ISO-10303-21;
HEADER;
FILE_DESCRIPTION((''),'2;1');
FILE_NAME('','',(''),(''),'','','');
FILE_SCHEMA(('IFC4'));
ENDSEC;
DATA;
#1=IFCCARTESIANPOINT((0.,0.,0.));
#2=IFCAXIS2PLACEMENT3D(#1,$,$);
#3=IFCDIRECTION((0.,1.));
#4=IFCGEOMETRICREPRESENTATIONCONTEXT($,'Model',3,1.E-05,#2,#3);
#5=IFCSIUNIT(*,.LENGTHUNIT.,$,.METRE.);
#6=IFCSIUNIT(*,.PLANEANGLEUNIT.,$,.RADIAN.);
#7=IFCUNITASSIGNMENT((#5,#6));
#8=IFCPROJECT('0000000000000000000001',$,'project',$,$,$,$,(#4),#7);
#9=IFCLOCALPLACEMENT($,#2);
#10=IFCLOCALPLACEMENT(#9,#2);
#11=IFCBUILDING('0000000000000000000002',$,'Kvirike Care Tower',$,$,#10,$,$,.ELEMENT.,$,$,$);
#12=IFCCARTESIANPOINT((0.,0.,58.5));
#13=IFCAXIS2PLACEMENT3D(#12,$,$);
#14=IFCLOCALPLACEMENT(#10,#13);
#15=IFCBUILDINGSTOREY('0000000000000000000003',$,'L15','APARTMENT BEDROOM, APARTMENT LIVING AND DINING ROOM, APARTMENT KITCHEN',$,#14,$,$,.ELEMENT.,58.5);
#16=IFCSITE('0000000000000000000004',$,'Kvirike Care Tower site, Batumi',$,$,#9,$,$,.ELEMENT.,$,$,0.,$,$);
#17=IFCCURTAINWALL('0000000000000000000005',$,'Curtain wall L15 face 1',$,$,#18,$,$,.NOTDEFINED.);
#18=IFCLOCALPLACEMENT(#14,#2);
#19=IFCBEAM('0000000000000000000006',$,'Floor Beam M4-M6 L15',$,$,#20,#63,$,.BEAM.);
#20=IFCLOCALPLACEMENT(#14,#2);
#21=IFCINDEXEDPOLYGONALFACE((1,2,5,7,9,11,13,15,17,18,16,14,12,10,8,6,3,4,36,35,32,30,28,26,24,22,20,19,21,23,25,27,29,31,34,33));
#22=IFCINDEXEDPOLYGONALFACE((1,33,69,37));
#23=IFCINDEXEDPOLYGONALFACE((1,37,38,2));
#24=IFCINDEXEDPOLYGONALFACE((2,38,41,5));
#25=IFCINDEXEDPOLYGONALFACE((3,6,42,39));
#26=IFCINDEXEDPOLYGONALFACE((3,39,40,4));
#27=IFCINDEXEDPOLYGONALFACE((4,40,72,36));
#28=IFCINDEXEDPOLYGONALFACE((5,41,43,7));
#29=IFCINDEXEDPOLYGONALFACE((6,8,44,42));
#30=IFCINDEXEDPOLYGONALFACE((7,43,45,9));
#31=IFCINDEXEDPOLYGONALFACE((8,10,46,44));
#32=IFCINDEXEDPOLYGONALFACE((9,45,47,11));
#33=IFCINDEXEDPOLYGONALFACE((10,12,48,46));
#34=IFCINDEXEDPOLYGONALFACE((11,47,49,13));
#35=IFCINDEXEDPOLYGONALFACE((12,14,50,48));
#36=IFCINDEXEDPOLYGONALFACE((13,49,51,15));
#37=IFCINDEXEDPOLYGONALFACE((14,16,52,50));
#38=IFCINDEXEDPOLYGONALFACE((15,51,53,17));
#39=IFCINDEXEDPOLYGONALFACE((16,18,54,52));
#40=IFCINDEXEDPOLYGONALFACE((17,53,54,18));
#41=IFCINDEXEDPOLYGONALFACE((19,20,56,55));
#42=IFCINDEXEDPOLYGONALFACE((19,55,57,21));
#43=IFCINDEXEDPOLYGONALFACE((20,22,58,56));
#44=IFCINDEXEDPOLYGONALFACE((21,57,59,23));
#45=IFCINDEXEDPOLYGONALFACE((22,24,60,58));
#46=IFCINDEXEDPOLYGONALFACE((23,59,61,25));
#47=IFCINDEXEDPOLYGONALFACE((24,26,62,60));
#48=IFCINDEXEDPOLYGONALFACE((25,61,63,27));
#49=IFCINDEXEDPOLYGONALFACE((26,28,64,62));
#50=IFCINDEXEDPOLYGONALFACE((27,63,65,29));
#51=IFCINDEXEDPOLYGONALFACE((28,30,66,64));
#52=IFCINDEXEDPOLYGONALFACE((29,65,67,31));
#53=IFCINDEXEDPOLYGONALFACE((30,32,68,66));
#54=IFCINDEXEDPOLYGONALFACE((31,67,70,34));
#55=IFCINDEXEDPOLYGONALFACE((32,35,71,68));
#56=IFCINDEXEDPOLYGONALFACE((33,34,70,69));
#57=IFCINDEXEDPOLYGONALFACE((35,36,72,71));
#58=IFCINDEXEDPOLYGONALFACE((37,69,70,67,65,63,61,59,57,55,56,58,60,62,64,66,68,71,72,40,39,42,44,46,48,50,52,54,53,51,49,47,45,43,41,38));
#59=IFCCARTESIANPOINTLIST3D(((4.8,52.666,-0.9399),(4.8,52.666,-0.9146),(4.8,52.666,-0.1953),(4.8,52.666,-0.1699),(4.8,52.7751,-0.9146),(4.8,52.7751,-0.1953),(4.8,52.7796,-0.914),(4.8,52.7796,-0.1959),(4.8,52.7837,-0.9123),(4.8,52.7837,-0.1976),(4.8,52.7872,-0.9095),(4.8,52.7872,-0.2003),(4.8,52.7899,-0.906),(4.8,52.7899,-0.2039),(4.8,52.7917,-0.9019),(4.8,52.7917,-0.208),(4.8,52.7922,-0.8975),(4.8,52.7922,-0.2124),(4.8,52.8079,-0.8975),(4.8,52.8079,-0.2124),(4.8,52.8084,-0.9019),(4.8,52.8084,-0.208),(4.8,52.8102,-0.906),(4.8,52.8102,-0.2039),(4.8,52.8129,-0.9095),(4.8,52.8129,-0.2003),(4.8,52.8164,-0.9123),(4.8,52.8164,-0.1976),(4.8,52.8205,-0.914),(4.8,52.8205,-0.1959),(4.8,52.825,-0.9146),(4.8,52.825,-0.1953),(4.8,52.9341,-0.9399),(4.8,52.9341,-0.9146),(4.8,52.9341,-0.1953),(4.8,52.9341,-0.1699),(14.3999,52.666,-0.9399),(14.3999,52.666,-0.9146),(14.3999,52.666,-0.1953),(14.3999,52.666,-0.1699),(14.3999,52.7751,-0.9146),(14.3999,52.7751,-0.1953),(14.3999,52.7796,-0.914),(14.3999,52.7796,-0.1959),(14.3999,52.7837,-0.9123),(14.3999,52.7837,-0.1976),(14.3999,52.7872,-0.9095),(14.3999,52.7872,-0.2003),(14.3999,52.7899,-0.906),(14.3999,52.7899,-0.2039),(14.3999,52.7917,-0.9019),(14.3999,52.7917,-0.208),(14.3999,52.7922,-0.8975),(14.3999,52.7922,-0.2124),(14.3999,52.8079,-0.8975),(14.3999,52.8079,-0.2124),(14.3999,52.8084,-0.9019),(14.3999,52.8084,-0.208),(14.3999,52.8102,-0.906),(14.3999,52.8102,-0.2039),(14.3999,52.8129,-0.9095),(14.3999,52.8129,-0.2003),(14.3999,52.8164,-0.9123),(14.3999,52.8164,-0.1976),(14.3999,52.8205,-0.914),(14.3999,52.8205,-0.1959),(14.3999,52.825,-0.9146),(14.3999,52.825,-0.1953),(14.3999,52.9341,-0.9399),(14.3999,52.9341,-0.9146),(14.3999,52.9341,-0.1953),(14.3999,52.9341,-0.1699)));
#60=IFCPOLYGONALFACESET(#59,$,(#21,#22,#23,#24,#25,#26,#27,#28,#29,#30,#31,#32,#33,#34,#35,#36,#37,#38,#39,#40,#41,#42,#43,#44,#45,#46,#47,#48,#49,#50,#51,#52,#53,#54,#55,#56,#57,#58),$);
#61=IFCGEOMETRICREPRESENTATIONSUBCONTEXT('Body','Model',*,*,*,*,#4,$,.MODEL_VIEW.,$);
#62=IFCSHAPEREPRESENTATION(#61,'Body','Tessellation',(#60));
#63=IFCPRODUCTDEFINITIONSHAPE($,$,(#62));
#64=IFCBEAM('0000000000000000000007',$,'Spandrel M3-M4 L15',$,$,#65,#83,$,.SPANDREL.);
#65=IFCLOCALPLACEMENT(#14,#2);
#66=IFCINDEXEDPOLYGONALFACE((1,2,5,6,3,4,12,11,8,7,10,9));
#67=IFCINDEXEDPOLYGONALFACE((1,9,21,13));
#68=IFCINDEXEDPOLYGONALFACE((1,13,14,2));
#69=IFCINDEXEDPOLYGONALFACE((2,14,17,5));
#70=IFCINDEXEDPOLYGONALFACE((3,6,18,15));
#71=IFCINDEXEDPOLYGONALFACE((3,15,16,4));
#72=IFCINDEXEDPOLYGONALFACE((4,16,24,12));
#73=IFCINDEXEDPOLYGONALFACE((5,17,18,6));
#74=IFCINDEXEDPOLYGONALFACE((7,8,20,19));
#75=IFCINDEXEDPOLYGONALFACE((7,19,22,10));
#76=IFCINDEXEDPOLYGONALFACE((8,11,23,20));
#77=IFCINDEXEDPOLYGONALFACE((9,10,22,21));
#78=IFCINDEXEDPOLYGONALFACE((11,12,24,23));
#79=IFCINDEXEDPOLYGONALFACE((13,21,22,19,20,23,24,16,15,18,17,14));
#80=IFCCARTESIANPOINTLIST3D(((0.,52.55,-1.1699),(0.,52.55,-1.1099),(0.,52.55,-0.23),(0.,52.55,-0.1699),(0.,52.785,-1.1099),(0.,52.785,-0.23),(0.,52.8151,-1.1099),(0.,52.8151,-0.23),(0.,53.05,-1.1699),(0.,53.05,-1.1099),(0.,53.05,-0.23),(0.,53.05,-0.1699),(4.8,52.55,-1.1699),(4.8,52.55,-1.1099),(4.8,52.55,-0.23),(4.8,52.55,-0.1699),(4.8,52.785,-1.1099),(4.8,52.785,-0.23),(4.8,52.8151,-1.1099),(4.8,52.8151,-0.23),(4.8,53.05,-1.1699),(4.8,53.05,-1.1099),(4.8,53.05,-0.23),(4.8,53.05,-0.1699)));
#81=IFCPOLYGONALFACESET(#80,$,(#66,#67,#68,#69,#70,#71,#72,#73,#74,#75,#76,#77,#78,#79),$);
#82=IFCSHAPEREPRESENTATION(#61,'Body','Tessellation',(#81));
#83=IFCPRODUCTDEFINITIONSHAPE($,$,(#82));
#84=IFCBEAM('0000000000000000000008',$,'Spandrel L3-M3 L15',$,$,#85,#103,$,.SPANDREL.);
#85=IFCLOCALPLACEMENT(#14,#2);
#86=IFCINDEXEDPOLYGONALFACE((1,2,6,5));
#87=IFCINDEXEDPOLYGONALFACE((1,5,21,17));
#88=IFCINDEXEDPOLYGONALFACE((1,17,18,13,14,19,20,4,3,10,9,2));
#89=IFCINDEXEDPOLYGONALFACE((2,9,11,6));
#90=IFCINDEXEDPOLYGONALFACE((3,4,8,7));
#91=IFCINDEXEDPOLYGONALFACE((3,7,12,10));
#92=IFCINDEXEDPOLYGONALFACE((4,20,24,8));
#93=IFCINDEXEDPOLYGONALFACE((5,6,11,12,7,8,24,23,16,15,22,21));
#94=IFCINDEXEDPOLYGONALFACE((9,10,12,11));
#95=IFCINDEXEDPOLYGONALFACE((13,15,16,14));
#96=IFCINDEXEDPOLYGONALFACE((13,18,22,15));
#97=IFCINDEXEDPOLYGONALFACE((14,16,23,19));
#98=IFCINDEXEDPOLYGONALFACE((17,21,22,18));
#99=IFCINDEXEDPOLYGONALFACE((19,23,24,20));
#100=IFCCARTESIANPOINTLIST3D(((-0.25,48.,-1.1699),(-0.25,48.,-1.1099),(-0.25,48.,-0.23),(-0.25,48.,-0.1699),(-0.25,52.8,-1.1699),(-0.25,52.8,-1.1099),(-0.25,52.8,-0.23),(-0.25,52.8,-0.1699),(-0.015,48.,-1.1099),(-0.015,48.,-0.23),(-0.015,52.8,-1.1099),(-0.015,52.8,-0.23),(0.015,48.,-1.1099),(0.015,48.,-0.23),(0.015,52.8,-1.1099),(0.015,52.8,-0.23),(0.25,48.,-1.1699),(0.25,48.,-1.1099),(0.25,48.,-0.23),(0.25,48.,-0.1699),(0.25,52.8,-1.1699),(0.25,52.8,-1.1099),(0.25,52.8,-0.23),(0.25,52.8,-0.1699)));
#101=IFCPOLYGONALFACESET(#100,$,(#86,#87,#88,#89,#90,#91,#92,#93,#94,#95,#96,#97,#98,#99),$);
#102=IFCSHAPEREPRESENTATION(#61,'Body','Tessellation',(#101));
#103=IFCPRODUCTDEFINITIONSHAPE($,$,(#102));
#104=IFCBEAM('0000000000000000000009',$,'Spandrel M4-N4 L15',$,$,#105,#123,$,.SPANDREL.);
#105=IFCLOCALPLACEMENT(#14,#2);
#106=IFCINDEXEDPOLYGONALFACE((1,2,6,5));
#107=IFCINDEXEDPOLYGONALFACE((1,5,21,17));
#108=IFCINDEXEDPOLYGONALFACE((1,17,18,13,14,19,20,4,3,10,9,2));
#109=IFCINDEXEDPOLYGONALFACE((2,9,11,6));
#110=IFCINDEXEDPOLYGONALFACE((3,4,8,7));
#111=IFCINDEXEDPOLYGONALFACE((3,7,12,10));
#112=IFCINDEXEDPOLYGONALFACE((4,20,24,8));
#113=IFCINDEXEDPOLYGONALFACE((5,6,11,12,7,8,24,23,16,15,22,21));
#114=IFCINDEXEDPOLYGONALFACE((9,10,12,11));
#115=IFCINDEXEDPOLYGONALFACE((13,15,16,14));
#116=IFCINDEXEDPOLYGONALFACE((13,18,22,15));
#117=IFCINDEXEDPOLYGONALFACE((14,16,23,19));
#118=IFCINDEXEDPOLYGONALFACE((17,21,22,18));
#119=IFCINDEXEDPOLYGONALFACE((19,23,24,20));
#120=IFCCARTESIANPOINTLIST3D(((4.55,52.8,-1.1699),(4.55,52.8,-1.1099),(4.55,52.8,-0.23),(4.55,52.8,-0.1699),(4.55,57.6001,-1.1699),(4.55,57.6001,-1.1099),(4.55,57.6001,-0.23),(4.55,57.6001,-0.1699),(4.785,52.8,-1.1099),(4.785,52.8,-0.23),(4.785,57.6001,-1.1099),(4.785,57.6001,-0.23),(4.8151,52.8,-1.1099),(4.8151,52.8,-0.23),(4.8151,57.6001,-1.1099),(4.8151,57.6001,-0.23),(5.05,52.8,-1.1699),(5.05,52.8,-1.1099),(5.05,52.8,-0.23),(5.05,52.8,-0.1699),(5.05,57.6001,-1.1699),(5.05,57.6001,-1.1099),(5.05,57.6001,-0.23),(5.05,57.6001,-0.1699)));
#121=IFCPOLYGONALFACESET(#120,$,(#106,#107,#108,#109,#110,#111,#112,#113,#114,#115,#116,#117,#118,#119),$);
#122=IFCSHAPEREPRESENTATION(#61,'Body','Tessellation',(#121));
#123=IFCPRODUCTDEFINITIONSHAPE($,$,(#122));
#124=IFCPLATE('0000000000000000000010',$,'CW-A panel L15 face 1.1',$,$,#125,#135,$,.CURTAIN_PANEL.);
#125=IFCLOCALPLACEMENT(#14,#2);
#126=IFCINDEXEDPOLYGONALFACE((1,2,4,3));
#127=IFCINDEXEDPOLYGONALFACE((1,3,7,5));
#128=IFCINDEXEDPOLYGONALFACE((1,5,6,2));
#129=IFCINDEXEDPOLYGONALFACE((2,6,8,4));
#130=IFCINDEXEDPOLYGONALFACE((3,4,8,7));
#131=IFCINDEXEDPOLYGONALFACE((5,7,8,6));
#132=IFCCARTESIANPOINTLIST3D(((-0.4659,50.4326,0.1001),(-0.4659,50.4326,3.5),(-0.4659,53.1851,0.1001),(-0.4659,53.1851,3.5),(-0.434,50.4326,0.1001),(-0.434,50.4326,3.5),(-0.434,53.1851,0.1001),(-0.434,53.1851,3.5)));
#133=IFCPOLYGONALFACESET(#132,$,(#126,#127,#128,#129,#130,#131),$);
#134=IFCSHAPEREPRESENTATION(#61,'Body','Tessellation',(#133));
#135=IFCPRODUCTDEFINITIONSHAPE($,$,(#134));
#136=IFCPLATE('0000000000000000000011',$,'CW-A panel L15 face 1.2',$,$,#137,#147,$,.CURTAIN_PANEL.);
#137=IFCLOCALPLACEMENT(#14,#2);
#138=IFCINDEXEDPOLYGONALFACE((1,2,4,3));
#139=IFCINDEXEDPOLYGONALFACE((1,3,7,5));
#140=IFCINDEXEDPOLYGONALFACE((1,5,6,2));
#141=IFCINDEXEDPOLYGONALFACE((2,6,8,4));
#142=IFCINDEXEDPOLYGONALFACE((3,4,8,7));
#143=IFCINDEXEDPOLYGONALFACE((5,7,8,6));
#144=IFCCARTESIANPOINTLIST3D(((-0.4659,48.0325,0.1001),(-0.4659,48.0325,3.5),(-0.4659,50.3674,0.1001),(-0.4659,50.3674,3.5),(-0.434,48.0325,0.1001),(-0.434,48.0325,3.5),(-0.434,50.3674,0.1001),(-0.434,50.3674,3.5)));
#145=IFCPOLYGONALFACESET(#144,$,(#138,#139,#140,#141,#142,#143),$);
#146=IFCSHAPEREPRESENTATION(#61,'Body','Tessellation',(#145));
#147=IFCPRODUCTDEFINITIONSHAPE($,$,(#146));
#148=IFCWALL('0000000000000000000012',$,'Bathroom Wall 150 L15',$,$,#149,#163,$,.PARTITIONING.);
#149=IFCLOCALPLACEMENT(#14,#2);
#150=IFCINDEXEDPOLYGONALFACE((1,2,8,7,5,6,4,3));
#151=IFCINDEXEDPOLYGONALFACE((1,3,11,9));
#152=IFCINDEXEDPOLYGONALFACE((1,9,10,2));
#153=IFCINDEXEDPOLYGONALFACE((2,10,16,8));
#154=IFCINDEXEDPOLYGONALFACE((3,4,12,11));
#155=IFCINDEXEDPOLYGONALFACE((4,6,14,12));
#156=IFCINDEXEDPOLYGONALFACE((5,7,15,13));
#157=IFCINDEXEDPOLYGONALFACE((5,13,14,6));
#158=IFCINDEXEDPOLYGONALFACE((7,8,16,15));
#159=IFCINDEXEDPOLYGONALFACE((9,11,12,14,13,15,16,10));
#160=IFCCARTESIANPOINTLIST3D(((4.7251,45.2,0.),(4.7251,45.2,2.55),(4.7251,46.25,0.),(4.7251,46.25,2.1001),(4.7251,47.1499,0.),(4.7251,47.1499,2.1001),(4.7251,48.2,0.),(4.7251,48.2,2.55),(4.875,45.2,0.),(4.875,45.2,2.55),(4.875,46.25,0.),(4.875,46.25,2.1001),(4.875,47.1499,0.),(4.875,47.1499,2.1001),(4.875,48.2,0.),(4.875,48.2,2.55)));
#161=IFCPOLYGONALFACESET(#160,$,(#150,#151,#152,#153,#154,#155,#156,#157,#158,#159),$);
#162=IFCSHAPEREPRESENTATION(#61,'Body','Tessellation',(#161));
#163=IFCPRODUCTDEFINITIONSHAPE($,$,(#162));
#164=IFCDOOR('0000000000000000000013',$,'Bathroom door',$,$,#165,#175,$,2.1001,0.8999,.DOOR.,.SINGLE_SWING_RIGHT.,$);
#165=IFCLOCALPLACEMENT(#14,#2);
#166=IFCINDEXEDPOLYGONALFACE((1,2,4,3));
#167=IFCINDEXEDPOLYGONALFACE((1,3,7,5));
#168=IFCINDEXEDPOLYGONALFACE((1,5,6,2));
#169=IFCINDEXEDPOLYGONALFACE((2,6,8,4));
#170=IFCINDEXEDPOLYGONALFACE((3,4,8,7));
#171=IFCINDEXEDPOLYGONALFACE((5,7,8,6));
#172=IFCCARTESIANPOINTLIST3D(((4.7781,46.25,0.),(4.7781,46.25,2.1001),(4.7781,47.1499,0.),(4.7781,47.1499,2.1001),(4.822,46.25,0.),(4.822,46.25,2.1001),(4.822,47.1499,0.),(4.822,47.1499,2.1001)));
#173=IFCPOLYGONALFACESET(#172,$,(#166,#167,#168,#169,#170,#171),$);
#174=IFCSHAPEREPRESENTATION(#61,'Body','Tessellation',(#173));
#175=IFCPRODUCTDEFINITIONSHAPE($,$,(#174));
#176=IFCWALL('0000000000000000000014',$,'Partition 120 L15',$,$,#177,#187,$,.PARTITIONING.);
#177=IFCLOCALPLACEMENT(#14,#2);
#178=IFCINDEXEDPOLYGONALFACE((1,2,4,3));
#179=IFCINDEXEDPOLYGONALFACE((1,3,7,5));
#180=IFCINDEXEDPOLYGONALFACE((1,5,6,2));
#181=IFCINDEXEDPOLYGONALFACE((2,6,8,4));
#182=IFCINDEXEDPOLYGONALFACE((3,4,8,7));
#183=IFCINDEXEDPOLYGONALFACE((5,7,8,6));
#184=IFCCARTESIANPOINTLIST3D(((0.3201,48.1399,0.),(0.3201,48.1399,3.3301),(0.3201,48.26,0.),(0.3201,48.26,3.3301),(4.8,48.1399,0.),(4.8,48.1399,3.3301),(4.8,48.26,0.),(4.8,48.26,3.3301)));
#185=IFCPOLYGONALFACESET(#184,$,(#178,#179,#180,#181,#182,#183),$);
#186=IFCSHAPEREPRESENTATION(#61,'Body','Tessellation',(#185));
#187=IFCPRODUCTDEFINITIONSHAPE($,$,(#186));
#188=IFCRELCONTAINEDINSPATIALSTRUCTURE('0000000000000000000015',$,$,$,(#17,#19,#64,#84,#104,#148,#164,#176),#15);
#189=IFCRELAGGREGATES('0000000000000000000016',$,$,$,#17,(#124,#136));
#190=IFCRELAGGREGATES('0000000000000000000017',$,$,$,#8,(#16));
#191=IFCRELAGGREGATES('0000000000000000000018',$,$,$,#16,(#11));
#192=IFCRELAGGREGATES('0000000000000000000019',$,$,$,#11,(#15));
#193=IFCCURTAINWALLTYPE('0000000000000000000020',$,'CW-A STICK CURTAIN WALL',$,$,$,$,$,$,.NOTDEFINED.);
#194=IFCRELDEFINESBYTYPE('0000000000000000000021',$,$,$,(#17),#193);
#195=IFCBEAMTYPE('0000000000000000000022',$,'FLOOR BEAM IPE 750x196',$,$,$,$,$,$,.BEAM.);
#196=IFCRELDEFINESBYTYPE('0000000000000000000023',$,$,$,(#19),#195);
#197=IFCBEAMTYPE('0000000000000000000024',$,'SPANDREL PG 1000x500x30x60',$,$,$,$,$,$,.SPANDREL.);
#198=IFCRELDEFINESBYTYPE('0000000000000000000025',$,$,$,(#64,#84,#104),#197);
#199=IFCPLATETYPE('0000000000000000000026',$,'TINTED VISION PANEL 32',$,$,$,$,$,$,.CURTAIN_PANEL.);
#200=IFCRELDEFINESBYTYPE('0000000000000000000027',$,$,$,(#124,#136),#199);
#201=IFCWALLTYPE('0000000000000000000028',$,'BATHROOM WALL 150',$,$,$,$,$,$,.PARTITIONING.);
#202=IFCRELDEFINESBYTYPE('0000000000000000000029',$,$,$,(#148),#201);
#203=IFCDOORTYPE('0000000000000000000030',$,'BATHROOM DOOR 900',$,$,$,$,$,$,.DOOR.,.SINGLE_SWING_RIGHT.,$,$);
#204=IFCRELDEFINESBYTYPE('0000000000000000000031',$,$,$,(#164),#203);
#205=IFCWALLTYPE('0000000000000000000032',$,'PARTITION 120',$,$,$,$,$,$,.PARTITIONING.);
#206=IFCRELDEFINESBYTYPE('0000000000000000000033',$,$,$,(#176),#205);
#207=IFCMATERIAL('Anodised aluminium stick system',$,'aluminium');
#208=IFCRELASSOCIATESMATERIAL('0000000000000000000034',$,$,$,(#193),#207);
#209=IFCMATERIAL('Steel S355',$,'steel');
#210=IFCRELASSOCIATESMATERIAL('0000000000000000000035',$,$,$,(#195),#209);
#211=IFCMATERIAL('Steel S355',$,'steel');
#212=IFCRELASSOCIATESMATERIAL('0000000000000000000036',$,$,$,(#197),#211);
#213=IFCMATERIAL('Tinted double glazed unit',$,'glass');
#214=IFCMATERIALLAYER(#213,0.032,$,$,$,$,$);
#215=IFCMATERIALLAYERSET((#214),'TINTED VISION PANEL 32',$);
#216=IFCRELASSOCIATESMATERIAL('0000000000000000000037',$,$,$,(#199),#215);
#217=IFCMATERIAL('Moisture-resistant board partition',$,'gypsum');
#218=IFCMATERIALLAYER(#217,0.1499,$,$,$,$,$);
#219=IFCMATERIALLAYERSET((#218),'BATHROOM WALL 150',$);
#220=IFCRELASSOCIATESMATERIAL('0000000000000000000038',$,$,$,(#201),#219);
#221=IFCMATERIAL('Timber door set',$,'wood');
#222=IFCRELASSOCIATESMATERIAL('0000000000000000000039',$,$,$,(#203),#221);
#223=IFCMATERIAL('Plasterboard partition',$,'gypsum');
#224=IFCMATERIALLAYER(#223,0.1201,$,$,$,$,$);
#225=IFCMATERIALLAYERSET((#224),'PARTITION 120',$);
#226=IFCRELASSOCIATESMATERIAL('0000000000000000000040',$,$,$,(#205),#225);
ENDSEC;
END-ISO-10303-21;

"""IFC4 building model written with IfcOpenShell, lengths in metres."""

from ifc_helpers import new_model, si_unit, direction, frame, frame_2d, origin, origin_2d, place, context, subcontext, project, spatial, rectangle, i_section, extrude, material, layer, layer_set, material_profile, profile_set, type_object, element, fill, aggregate, save


model = new_model("IFC4")

# Units and contexts
model_context = context("Model", 3, precision=1e-05, world=origin(), true_north=direction((0.0, 1.0)))
body_context = subcontext(model_context, "Body", "Model", "MODEL_VIEW")
ifc_project = project(units=[si_unit("LENGTHUNIT", "METRE"), si_unit("PLANEANGLEUNIT", "RADIAN")], contexts=[model_context])

# Site, building, storey
site_placement = place(None, origin())
site = spatial("IfcSite", under=ifc_project, at=site_placement, Name="Kvirike Care Tower site, Batumi", CompositionType="ELEMENT", RefElevation=0.0)
building_placement = place(site_placement, origin())
building = spatial("IfcBuilding", under=site, at=building_placement, Name="Kvirike Care Tower", CompositionType="ELEMENT")
storey_placement = place(building_placement, frame((0.0, 0.0, 58.5)))
storey = spatial("IfcBuildingStorey", under=building, at=storey_placement, Name="L15", Description="APARTMENT BEDROOM, APARTMENT LIVING AND DINING ROOM, APARTMENT KITCHEN", CompositionType="ELEMENT", Elevation=58.5)

# Curtain wall
ifc_material_1 = material(Name="Anodised aluminium stick system", Category="aluminium")
curtain_wall_type = type_object("IfcCurtainWallType", Name="CW-A STICK CURTAIN WALL", PredefinedType="NOTDEFINED", material=ifc_material_1)
curtain_wall_placement = place(storey_placement, origin())
curtain_wall = element("IfcCurtainWall", 1, at=curtain_wall_placement, inside=storey, type_object=curtain_wall_type, Name="Curtain wall L15 face 1", PredefinedType="NOTDEFINED")

# Beams
ifc_material_2 = material(Name="Steel S355", Category="steel")
ifc_material_profile_1 = material_profile(ifc_material_2, i_section(OverallWidth=0.2681, OverallDepth=0.77, WebThickness=0.0156, FlangeThickness=0.0254, FilletRadius=0.0171, at=origin_2d()), Name="IPE 750x196")
ifc_profile_set_1 = profile_set([ifc_material_profile_1], Name="Steel S355")
beam_type_1 = type_object("IfcBeamType", Name="FLOOR BEAM IPE 750x196", PredefinedType="BEAM", material=ifc_profile_set_1)
beam_1_placement = place(storey_placement, frame((4.8, 52.8, -0.5549), z_axis=(1.0, 0.0, 0.0), x_axis=(0.0, 1.0, 0.0)))
element("IfcBeam", 2, at=beam_1_placement, inside=storey, type_object=beam_type_1, Name="Floor Beam M4-M6 L15", PredefinedType="BEAM", context=body_context, shape_type="SweptSolid", body=[
    extrude(i_section(OverallWidth=0.2681, OverallDepth=0.77, WebThickness=0.0156, FlangeThickness=0.0254, FilletRadius=0.0171, at=origin_2d()), origin(), (0.0, 0.0, 1.0), 9.5999),
])
ifc_material_3 = material(Name="Steel S355", Category="steel")
ifc_material_profile_2 = material_profile(ifc_material_3, i_section(OverallWidth=0.5, OverallDepth=1.0, WebThickness=0.03, FlangeThickness=0.0601, at=origin_2d()), Name="PG 1000x500x30x60")
ifc_profile_set_2 = profile_set([ifc_material_profile_2], Name="Steel S355")
beam_type_2 = type_object("IfcBeamType", Name="SPANDREL PG 1000x500x30x60", PredefinedType="SPANDREL", material=ifc_profile_set_2)
for number, where, z_axis, x_axis, name in (
    (3, (0.0, 52.8, -0.6699), (1.0, 0.0, 0.0), (0.0, 1.0, 0.0), "Spandrel M3-M4 L15"),
    (4, (0.0, 48.0, -0.6699), (0.0, 1.0, 0.0), (-1.0, 0.0, 0.0), "Spandrel L3-M3 L15"),
    (5, (4.8, 52.8, -0.6699), (0.0, 1.0, 0.0), (-1.0, 0.0, 0.0), "Spandrel M4-N4 L15"),
):
    element("IfcBeam", number, at=place(storey_placement, frame(where, z_axis=z_axis, x_axis=x_axis)), inside=storey, type_object=beam_type_2, Name=name, PredefinedType="SPANDREL", context=body_context, shape_type="SweptSolid", body=[
        extrude(i_section(OverallWidth=0.5, OverallDepth=1.0, WebThickness=0.03, FlangeThickness=0.0601, at=origin_2d()), origin(), (0.0, 0.0, 1.0), 4.8),
    ])

# Plates
ifc_material_4 = material(Name="Tinted double glazed unit", Category="glass")
ifc_layer_1 = layer(ifc_material_4, 0.032)
ifc_layer_set_1 = layer_set([ifc_layer_1], Name="TINTED VISION PANEL 32")
plate_type = type_object("IfcPlateType", Name="TINTED VISION PANEL 32", PredefinedType="CURTAIN_PANEL", material=ifc_layer_set_1)
plate_1_placement = place(storey_placement, frame((-0.45, 51.8088, 0.1001), z_axis=(0.0, 0.0, 1.0), x_axis=(0.0, -1.0, 0.0)))
plate_1 = element("IfcPlate", 6, at=plate_1_placement, type_object=plate_type, Name="CW-A panel L15 face 1.1", PredefinedType="CURTAIN_PANEL", context=body_context, shape_type="SweptSolid", body=[
    extrude(rectangle(XDim=2.7524, YDim=0.032, at=origin_2d()), origin(), (0.0, 0.0, 1.0), 3.3999),
])
plate_2_placement = place(storey_placement, frame((-0.45, 49.2, 0.1001), z_axis=(0.0, 0.0, 1.0), x_axis=(0.0, -1.0, 0.0)))
plate_2 = element("IfcPlate", 7, at=plate_2_placement, type_object=plate_type, Name="CW-A panel L15 face 1.2", PredefinedType="CURTAIN_PANEL", context=body_context, shape_type="SweptSolid", body=[
    extrude(rectangle(XDim=2.335, YDim=0.032, at=origin_2d()), origin(), (0.0, 0.0, 1.0), 3.3999),
])
aggregate(curtain_wall, [plate_1, plate_2])

# Wall, opening, door
ifc_material_5 = material(Name="Moisture-resistant board partition", Category="gypsum")
ifc_layer_2 = layer(ifc_material_5, 0.1499)
ifc_layer_set_2 = layer_set([ifc_layer_2], Name="BATHROOM WALL 150")
wall_type_1 = type_object("IfcWallType", Name="BATHROOM WALL 150", PredefinedType="PARTITIONING", material=ifc_layer_set_2)
wall_1_placement = place(storey_placement, frame((4.8, 48.2, 0.0), z_axis=(0.0, 0.0, 1.0), x_axis=(0.0, -1.0, 0.0)))
wall_1 = element("IfcWall", 8, at=wall_1_placement, inside=storey, type_object=wall_type_1, Name="Bathroom Wall 150 L15", PredefinedType="PARTITIONING", context=body_context, shape_type="SweptSolid", body=[
    extrude(rectangle(XDim=3.0, YDim=0.1499, at=frame_2d((1.5, 0.0))), origin(), (0.0, 0.0, 1.0), 2.55),
])
opening_placement = place(wall_1_placement, frame((1.05, 0.0, 0.0)))
opening = element("IfcOpeningElement", 9, at=opening_placement, cuts=wall_1, PredefinedType="OPENING", context=body_context, shape_type="SweptSolid", body=[
    extrude(rectangle(XDim=0.8999, YDim=2.1001, at=frame_2d((0.45, 1.05))), frame((0.0, 0.0854, 0.0), z_axis=(0.0, -1.0, 0.0), x_axis=(1.0, 0.0, 0.0)), (0.0, 0.0, 1.0), 0.1709),
])
ifc_material_6 = material(Name="Timber door set", Category="wood")
door_type = type_object("IfcDoorType", Name="BATHROOM DOOR 900", OperationType="SINGLE_SWING_RIGHT", PredefinedType="DOOR", material=ifc_material_6)
door_placement = place(opening_placement, frame((0.8999, 0.0, 0.0), z_axis=(0.0, 0.0, 1.0), x_axis=(-1.0, 0.0, 0.0)))
door = element("IfcDoor", 10, at=door_placement, inside=storey, type_object=door_type, Name="Bathroom door", OperationType="SINGLE_SWING_RIGHT", OverallHeight=2.1001, OverallWidth=0.8999, PredefinedType="DOOR", context=body_context, shape_type="SweptSolid", body=[
    extrude(rectangle(XDim=0.8999, YDim=2.1001, at=frame_2d((0.45, 1.05))), frame((0.0, 0.022, 0.0), z_axis=(0.0, -1.0, 0.0), x_axis=(1.0, 0.0, 0.0)), (0.0, 0.0, 1.0), 0.0439),
])
fill(opening, door)

# Wall
ifc_material_7 = material(Name="Plasterboard partition", Category="gypsum")
ifc_layer_3 = layer(ifc_material_7, 0.1201)
ifc_layer_set_3 = layer_set([ifc_layer_3], Name="PARTITION 120")
wall_type_2 = type_object("IfcWallType", Name="PARTITION 120", PredefinedType="PARTITIONING", material=ifc_layer_set_3)
wall_2_placement = place(storey_placement, frame((4.8, 48.2, 0.0), z_axis=(0.0, 0.0, 1.0), x_axis=(-1.0, 0.0, 0.0)))
element("IfcWall", 11, at=wall_2_placement, inside=storey, type_object=wall_type_2, Name="Partition 120 L15", PredefinedType="PARTITIONING", context=body_context, shape_type="SweptSolid", body=[
    extrude(rectangle(XDim=4.48, YDim=0.1201, at=frame_2d((2.24, 0.0))), origin(), (0.0, 0.0, 1.0), 3.3301),
])

save(model, "model.ifc")
